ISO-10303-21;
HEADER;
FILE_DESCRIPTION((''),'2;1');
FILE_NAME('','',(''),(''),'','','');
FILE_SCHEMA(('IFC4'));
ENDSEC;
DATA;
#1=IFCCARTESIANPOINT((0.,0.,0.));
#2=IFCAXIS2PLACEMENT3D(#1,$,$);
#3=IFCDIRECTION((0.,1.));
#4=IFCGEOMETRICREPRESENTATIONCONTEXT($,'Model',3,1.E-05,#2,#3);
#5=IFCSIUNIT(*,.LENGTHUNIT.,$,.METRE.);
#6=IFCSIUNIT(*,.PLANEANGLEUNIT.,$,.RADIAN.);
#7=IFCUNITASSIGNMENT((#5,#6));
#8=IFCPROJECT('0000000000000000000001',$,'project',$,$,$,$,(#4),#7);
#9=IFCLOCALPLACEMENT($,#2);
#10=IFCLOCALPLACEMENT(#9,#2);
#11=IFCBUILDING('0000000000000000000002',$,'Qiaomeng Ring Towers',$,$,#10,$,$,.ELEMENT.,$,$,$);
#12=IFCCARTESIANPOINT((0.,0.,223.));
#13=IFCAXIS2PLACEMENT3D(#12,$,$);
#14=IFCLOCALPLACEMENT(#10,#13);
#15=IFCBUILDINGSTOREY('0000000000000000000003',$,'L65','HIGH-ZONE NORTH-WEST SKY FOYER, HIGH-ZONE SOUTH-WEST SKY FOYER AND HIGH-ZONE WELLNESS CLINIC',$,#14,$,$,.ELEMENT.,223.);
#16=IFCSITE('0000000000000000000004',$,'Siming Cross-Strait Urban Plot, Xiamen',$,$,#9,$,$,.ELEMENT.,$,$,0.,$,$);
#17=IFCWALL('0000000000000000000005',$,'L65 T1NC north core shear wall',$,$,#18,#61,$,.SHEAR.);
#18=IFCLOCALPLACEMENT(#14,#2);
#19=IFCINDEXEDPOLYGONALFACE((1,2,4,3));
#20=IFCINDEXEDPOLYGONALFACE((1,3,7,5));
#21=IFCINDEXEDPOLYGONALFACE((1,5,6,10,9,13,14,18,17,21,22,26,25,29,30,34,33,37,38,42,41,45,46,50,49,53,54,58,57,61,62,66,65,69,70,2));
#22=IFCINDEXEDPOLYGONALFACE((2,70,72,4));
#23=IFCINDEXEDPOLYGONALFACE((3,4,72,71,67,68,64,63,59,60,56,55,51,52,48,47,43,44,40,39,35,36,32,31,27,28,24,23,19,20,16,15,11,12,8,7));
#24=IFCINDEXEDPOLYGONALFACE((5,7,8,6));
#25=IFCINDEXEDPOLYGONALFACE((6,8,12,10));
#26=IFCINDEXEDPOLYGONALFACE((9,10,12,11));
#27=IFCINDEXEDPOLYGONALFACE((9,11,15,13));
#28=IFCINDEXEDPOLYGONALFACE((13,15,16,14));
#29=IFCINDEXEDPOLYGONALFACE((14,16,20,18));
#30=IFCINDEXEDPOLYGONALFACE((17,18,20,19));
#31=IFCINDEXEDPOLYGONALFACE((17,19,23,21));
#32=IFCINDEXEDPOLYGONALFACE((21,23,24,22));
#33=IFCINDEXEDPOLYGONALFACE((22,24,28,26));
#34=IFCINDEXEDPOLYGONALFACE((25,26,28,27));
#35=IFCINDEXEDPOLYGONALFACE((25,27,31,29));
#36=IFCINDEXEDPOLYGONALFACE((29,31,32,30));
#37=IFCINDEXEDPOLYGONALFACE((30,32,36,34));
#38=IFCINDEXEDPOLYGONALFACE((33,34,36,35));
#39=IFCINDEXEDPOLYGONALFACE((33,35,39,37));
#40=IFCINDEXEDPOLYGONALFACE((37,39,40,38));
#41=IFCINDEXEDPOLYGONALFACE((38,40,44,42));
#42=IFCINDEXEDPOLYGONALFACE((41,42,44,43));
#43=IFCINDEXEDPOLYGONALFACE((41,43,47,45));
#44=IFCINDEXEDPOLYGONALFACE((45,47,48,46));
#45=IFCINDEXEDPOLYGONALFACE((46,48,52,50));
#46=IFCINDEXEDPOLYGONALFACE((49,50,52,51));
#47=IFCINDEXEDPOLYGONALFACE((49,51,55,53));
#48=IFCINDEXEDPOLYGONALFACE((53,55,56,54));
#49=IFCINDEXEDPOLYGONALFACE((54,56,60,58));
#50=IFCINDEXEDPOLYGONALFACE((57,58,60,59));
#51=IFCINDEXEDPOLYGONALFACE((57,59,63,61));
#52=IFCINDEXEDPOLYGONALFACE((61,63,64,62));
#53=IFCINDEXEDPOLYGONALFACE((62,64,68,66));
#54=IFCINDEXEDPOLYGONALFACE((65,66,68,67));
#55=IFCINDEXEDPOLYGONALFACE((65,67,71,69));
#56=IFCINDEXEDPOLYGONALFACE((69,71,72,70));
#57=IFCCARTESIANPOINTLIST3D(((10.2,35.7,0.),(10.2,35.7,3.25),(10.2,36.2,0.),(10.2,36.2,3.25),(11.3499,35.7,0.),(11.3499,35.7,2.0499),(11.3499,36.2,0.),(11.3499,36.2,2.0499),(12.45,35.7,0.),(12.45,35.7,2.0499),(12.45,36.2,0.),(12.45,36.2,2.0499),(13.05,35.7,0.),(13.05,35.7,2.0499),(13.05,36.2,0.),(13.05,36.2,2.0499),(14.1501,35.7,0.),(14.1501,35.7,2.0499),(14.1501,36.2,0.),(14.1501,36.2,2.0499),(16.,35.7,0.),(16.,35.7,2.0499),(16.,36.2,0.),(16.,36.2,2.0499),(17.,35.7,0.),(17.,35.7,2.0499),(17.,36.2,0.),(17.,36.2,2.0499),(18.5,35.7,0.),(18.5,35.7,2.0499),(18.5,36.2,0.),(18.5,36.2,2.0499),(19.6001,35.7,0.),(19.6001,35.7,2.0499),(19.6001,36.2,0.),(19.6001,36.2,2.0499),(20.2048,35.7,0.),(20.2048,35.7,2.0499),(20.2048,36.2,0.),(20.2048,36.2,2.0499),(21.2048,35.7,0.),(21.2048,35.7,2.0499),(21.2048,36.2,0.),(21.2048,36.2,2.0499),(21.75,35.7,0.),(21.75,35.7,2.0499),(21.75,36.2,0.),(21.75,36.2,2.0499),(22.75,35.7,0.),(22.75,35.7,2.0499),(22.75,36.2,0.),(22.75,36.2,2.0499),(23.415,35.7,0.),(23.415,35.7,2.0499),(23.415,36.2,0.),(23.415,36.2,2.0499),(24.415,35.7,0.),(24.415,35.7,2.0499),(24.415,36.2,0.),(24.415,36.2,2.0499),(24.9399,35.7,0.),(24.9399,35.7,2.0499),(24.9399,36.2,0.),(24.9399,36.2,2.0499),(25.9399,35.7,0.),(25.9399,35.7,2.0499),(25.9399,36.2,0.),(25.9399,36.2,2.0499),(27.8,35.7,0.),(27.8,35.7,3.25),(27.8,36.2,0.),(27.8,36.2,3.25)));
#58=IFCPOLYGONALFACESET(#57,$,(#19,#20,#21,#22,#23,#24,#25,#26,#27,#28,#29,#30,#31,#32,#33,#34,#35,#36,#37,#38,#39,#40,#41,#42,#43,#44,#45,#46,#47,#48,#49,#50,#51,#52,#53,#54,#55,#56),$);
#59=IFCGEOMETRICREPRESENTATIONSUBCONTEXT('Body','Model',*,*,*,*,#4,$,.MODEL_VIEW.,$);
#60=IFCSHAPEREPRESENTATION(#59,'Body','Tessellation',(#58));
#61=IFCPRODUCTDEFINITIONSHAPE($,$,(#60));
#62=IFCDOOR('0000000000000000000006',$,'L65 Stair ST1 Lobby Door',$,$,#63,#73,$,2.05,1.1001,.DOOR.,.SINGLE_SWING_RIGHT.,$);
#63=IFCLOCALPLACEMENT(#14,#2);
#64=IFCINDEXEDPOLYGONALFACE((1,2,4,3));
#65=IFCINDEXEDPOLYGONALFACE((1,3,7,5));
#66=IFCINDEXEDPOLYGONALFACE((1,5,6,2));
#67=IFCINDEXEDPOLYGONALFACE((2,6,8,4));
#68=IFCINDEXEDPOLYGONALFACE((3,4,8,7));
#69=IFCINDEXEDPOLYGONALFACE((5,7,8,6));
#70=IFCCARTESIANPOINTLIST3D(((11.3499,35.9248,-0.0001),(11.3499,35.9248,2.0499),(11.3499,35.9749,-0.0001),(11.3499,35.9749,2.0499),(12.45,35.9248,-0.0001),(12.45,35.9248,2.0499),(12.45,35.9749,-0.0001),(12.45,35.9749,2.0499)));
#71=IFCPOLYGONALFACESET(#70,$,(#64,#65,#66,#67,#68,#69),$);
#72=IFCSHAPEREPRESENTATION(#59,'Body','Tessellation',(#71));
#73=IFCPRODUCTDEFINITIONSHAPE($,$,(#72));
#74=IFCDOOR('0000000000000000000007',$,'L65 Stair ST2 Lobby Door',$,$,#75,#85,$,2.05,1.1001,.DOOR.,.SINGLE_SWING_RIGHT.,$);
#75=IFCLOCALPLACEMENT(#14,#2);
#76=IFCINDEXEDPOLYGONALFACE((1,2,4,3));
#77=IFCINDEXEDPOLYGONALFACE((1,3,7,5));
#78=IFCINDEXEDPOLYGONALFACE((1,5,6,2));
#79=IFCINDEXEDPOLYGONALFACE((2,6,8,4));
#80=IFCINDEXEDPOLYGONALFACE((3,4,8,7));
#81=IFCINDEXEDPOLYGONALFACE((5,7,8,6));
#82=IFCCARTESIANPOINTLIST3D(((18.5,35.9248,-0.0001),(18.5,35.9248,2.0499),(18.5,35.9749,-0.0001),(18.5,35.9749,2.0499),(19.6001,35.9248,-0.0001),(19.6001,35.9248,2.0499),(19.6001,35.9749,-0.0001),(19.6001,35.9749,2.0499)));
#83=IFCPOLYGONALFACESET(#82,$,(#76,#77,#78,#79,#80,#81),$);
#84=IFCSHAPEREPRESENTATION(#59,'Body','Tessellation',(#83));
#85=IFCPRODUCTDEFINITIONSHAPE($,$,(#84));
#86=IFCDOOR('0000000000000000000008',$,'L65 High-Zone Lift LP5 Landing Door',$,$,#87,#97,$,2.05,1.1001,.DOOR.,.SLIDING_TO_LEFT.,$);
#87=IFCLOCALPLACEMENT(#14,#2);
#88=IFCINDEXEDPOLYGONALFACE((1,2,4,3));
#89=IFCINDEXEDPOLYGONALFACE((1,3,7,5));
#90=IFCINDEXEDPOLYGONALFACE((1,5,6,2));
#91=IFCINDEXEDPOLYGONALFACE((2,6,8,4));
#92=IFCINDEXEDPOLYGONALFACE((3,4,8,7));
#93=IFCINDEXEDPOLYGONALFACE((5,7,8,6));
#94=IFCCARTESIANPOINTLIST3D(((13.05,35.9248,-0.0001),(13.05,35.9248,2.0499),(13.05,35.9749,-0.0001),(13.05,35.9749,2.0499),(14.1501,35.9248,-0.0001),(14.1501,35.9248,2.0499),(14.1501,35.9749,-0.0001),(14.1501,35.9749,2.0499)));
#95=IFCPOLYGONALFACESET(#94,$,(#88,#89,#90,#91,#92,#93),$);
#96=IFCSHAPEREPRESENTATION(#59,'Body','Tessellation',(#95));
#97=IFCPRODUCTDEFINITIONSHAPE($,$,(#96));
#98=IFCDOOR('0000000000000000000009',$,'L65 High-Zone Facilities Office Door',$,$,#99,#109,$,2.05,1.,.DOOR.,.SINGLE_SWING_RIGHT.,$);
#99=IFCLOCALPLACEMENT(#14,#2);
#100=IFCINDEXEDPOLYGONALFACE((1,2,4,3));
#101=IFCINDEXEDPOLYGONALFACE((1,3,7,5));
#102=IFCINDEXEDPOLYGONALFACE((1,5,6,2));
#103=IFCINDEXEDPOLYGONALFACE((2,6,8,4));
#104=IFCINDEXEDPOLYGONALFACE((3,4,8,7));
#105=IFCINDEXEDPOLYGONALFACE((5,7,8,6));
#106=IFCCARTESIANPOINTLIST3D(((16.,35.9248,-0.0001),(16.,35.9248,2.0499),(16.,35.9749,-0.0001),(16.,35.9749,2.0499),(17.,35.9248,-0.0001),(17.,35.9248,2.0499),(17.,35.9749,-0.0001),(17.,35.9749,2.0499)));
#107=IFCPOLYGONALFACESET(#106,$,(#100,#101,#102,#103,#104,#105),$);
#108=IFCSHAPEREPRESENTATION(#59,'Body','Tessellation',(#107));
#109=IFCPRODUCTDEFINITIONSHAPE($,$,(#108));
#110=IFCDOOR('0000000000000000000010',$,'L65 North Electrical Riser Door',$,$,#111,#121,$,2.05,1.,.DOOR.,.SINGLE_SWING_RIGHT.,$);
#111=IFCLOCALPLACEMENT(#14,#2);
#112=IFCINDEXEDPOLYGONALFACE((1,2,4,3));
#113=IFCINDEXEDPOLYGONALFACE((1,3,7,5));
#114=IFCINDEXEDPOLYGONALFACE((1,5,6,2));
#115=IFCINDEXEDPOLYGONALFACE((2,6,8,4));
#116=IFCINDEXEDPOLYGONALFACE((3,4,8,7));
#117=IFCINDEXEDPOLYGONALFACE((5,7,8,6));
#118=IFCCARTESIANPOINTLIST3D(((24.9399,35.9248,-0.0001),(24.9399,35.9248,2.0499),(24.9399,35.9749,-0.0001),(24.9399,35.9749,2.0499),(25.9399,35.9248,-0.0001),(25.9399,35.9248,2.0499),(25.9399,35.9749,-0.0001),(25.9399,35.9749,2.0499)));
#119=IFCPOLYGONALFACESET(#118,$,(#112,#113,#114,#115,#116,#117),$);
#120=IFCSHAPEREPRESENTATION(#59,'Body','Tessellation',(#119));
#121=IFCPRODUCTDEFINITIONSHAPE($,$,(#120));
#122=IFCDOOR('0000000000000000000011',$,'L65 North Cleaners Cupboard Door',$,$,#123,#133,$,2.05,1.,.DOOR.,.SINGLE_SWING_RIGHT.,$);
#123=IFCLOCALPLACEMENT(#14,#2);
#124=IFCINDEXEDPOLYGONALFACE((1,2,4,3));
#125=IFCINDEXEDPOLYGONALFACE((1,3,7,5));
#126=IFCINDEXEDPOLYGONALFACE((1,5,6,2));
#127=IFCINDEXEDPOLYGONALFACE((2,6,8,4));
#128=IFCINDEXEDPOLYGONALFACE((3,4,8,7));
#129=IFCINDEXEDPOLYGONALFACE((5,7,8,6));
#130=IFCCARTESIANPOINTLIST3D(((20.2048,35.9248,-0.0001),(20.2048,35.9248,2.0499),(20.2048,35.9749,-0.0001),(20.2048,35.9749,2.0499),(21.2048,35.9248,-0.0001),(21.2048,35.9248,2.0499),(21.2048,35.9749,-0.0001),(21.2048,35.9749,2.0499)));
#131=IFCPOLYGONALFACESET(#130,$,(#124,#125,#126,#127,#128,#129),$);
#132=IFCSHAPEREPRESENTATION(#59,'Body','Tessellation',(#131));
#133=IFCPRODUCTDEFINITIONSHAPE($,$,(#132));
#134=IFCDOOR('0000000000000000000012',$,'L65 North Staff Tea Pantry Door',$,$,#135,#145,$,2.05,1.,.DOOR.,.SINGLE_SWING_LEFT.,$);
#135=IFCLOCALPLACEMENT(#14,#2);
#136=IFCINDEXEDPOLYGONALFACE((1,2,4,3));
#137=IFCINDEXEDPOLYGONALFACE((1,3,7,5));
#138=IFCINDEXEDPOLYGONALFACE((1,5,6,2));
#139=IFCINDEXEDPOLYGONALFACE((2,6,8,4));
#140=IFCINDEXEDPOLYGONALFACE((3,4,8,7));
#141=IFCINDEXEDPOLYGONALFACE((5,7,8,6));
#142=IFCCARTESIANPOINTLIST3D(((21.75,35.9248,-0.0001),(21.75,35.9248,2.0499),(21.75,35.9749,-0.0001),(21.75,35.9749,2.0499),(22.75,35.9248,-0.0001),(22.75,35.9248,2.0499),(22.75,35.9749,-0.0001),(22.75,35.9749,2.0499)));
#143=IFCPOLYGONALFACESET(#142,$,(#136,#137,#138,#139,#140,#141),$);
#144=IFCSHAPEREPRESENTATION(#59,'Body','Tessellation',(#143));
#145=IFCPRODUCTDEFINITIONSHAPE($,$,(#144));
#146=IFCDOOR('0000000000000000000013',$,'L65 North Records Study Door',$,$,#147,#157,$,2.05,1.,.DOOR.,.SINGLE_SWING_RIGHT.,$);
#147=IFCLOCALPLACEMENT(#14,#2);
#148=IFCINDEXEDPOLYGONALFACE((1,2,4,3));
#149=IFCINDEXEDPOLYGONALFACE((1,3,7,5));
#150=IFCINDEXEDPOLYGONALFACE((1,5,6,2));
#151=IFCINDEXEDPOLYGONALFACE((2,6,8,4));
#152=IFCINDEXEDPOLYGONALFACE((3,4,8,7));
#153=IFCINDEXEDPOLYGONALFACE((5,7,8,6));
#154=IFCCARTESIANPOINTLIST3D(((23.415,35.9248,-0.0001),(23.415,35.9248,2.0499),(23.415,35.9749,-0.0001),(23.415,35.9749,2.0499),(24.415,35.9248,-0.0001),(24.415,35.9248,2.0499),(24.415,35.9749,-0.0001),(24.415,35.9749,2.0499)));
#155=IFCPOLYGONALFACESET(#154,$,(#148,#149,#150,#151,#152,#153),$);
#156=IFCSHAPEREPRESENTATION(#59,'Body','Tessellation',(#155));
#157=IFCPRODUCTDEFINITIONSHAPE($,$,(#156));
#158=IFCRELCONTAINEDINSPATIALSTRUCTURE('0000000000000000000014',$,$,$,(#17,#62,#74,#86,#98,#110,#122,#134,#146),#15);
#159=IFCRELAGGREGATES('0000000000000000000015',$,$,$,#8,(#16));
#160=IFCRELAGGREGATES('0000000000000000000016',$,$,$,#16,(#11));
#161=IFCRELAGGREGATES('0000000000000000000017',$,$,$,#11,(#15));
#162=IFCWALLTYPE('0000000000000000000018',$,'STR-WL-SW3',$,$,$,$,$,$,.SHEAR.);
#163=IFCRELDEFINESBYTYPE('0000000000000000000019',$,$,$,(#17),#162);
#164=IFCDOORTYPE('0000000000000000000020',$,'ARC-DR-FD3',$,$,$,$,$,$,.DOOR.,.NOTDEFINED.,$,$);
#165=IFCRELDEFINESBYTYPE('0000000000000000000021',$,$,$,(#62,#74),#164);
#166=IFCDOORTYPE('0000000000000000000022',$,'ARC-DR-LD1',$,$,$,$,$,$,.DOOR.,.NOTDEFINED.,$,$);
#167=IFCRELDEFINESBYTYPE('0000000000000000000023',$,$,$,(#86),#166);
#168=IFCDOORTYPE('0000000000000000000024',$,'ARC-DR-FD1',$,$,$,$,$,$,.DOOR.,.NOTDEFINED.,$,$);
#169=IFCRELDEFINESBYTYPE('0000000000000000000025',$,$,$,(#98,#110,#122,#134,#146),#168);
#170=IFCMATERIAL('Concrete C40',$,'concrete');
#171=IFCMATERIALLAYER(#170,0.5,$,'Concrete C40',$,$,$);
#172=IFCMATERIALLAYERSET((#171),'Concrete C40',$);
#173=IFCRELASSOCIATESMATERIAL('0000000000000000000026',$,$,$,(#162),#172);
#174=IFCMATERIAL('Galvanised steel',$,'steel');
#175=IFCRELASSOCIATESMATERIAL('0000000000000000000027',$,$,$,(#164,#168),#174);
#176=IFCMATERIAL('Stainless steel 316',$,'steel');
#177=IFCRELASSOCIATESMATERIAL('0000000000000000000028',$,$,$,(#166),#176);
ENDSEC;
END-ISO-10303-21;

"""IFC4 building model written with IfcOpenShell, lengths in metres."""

from ifc_helpers import new_model, si_unit, direction, frame, frame_2d, origin, place, context, subcontext, project, spatial, rectangle, extrude, source, transform, mapped, material, layer, layer_set, type_object, element, fill, save


model = new_model("IFC4")

# Units and contexts
model_context = context("Model", 3, precision=1e-05, world=origin(), true_north=direction((0.0, 1.0)))
body_context = subcontext(model_context, "Body", "Model", "MODEL_VIEW")
ifc_project = project(units=[si_unit("LENGTHUNIT", "METRE"), si_unit("PLANEANGLEUNIT", "RADIAN")], contexts=[model_context])

# Site, building, storey
site_placement = place(None, origin())
site = spatial("IfcSite", under=ifc_project, at=site_placement, Name="Siming Cross-Strait Urban Plot, Xiamen", CompositionType="ELEMENT", RefElevation=0.0)
building_placement = place(site_placement, origin())
building = spatial("IfcBuilding", under=site, at=building_placement, Name="Qiaomeng Ring Towers", CompositionType="ELEMENT")
storey_placement = place(building_placement, frame((0.0, 0.0, 223.0)))
storey = spatial("IfcBuildingStorey", under=building, at=storey_placement, Name="L65", Description="HIGH-ZONE NORTH-WEST SKY FOYER, HIGH-ZONE SOUTH-WEST SKY FOYER AND HIGH-ZONE WELLNESS CLINIC", CompositionType="ELEMENT", Elevation=223.0)

# Shared definitions
ifc_material_1 = material(Name="Concrete C40", Category="concrete")

# Wall, openings, doors
ifc_layer_1 = layer(ifc_material_1, 0.5, Name="Concrete C40")
ifc_layer_set_1 = layer_set([ifc_layer_1], Name="Concrete C40")
wall_type_1 = type_object("IfcWallType", Name="STR-WL-SW3", PredefinedType="SHEAR", material=ifc_layer_set_1)
wall_1_placement = place(storey_placement, frame((10.2, 35.95, 0.0), z_axis=(0.0, 0.0, 1.0), x_axis=(1.0, 0.0, 0.0)))
wall_1 = element("IfcWall", 1, at=wall_1_placement, inside=storey, type_object=wall_type_1, Name="L65 T1NC north core shear wall", PredefinedType="SHEAR", context=body_context, shape_type="SweptSolid", body=[
    extrude(rectangle(XDim=17.6001, YDim=0.5, at=frame_2d((8.8, 0.0))), origin(), (0.0, 0.0, 1.0), 3.25),
])
opening_1_placement = place(wall_1_placement, frame((1.1499, 0.0, 0.0)))
opening_1 = element("IfcOpeningElement", 2, at=opening_1_placement, cuts=wall_1, PredefinedType="OPENING", context=body_context, shape_type="SweptSolid", body=[
    extrude(rectangle(XDim=1.1001, YDim=2.05, at=frame_2d((0.55, 1.0249))), frame((0.0, 0.26, 0.0), z_axis=(0.0, -1.0, 0.0), x_axis=(1.0, 0.0, 0.0)), (0.0, 0.0, 1.0), 0.52),
])
opening_2_placement = place(wall_1_placement, frame((8.3, 0.0, 0.0)))
opening_2 = element("IfcOpeningElement", 3, at=opening_2_placement, cuts=wall_1, PredefinedType="OPENING", context=body_context, shape_type="SweptSolid", body=[
    extrude(rectangle(XDim=1.1001, YDim=2.05, at=frame_2d((0.55, 1.0249))), frame((0.0, 0.26, 0.0), z_axis=(0.0, -1.0, 0.0), x_axis=(1.0, 0.0, 0.0)), (0.0, 0.0, 1.0), 0.52),
])
opening_3_placement = place(wall_1_placement, frame((2.8501, 0.0, 0.0)))
opening_3 = element("IfcOpeningElement", 4, at=opening_3_placement, cuts=wall_1, PredefinedType="OPENING", context=body_context, shape_type="SweptSolid", body=[
    extrude(rectangle(XDim=1.1001, YDim=2.05, at=frame_2d((0.55, 1.0249))), frame((0.0, 0.26, 0.0), z_axis=(0.0, -1.0, 0.0), x_axis=(1.0, 0.0, 0.0)), (0.0, 0.0, 1.0), 0.52),
])
opening_4_placement = place(wall_1_placement, frame((5.8, 0.0, 0.0)))
opening_4 = element("IfcOpeningElement", 5, at=opening_4_placement, cuts=wall_1, PredefinedType="OPENING", context=body_context, shape_type="SweptSolid", body=[
    extrude(rectangle(XDim=1.0, YDim=2.05, at=frame_2d((0.5, 1.0249))), frame((0.0, 0.26, 0.0), z_axis=(0.0, -1.0, 0.0), x_axis=(1.0, 0.0, 0.0)), (0.0, 0.0, 1.0), 0.52),
])
opening_5_placement = place(wall_1_placement, frame((14.74, 0.0, 0.0)))
opening_5 = element("IfcOpeningElement", 6, at=opening_5_placement, cuts=wall_1, PredefinedType="OPENING", context=body_context, shape_type="SweptSolid", body=[
    extrude(rectangle(XDim=1.0, YDim=2.05, at=frame_2d((0.5, 1.0249))), frame((0.0, 0.26, 0.0), z_axis=(0.0, -1.0, 0.0), x_axis=(1.0, 0.0, 0.0)), (0.0, 0.0, 1.0), 0.52),
])
opening_6_placement = place(wall_1_placement, frame((10.0049, 0.0, 0.0)))
opening_6 = element("IfcOpeningElement", 7, at=opening_6_placement, cuts=wall_1, PredefinedType="OPENING", context=body_context, shape_type="SweptSolid", body=[
    extrude(rectangle(XDim=1.0, YDim=2.05, at=frame_2d((0.5, 1.0249))), frame((0.0, 0.26, 0.0), z_axis=(0.0, -1.0, 0.0), x_axis=(1.0, 0.0, 0.0)), (0.0, 0.0, 1.0), 0.52),
])
opening_7_placement = place(wall_1_placement, frame((11.55, 0.0, 0.0)))
opening_7 = element("IfcOpeningElement", 8, at=opening_7_placement, cuts=wall_1, PredefinedType="OPENING", context=body_context, shape_type="SweptSolid", body=[
    extrude(rectangle(XDim=1.0, YDim=2.05, at=frame_2d((0.5, 1.0249))), frame((0.0, 0.26, 0.0), z_axis=(0.0, -1.0, 0.0), x_axis=(1.0, 0.0, 0.0)), (0.0, 0.0, 1.0), 0.52),
])
opening_8_placement = place(wall_1_placement, frame((13.2151, 0.0, 0.0)))
opening_8 = element("IfcOpeningElement", 9, at=opening_8_placement, cuts=wall_1, PredefinedType="OPENING", context=body_context, shape_type="SweptSolid", body=[
    extrude(rectangle(XDim=1.0, YDim=2.05, at=frame_2d((0.5, 1.0249))), frame((0.0, 0.26, 0.0), z_axis=(0.0, -1.0, 0.0), x_axis=(1.0, 0.0, 0.0)), (0.0, 0.0, 1.0), 0.52),
])
ifc_material_2 = material(Name="Galvanised steel", Category="steel")
door_type_1 = type_object("IfcDoorType", Name="ARC-DR-FD3", OperationType="NOTDEFINED", PredefinedType="DOOR", material=ifc_material_2)
shared_shape_1 = source(origin(), body_context, "Body", "SweptSolid", [
    extrude(rectangle(XDim=1.1001, YDim=2.05, at=frame_2d((0.55, 1.0249))), frame((0.0, 0.0249, 0.0), z_axis=(0.0, -1.0, 0.0), x_axis=(1.0, 0.0, 0.0)), (0.0, 0.0, 1.0), 0.05),
])
door_1_placement = place(opening_1_placement, origin())
door_1 = element("IfcDoor", 10, at=door_1_placement, inside=storey, type_object=door_type_1, Name="L65 Stair ST1 Lobby Door", OperationType="SINGLE_SWING_RIGHT", OverallHeight=2.05, OverallWidth=1.1001, PredefinedType="DOOR", context=body_context, shape_type="MappedRepresentation", body=[
    mapped(shared_shape_1, transform((0.0, 0.0, 0.0), x_axis=(1.0, 0.0, 0.0), y_axis=(0.0, 1.0, 0.0), z_axis=(0.0, 0.0, 1.0), scale=1.0)),
])
fill(opening_1, door_1)
door_2_placement = place(opening_2_placement, origin())
door_2 = element("IfcDoor", 11, at=door_2_placement, inside=storey, type_object=door_type_1, Name="L65 Stair ST2 Lobby Door", OperationType="SINGLE_SWING_RIGHT", OverallHeight=2.05, OverallWidth=1.1001, PredefinedType="DOOR", context=body_context, shape_type="MappedRepresentation", body=[
    mapped(shared_shape_1, transform((0.0, 0.0, 0.0), x_axis=(1.0, 0.0, 0.0), y_axis=(0.0, 1.0, 0.0), z_axis=(0.0, 0.0, 1.0), scale=1.0)),
])
fill(opening_2, door_2)
ifc_material_3 = material(Name="Stainless steel 316", Category="steel")
door_type_2 = type_object("IfcDoorType", Name="ARC-DR-LD1", OperationType="NOTDEFINED", PredefinedType="DOOR", material=ifc_material_3)
door_3_placement = place(opening_3_placement, origin())
door_3 = element("IfcDoor", 12, at=door_3_placement, inside=storey, type_object=door_type_2, Name="L65 High-Zone Lift LP5 Landing Door", OperationType="SLIDING_TO_LEFT", OverallHeight=2.05, OverallWidth=1.1001, PredefinedType="DOOR", context=body_context, shape_type="MappedRepresentation", body=[
    mapped(shared_shape_1, transform((0.0, 0.0, 0.0), x_axis=(1.0, 0.0, 0.0), y_axis=(0.0, 1.0, 0.0), z_axis=(0.0, 0.0, 1.0), scale=1.0)),
])
fill(opening_3, door_3)
door_type_3 = type_object("IfcDoorType", Name="ARC-DR-FD1", OperationType="NOTDEFINED", PredefinedType="DOOR", material=ifc_material_2)
shared_shape_2 = source(origin(), body_context, "Body", "SweptSolid", [
    extrude(rectangle(XDim=1.0, YDim=2.05, at=frame_2d((0.5, 1.0249))), frame((0.0, 0.0249, 0.0), z_axis=(0.0, -1.0, 0.0), x_axis=(1.0, 0.0, 0.0)), (0.0, 0.0, 1.0), 0.05),
])
door_4_placement = place(opening_4_placement, origin())
door_4 = element("IfcDoor", 13, at=door_4_placement, inside=storey, type_object=door_type_3, Name="L65 High-Zone Facilities Office Door", OperationType="SINGLE_SWING_RIGHT", OverallHeight=2.05, OverallWidth=1.0, PredefinedType="DOOR", context=body_context, shape_type="MappedRepresentation", body=[
    mapped(shared_shape_2, transform((0.0, 0.0, 0.0), x_axis=(1.0, 0.0, 0.0), y_axis=(0.0, 1.0, 0.0), z_axis=(0.0, 0.0, 1.0), scale=1.0)),
])
fill(opening_4, door_4)
door_5_placement = place(opening_5_placement, origin())
door_5 = element("IfcDoor", 14, at=door_5_placement, inside=storey, type_object=door_type_3, Name="L65 North Electrical Riser Door", OperationType="SINGLE_SWING_RIGHT", OverallHeight=2.05, OverallWidth=1.0, PredefinedType="DOOR", context=body_context, shape_type="MappedRepresentation", body=[
    mapped(shared_shape_2, transform((0.0, 0.0, 0.0), x_axis=(1.0, 0.0, 0.0), y_axis=(0.0, 1.0, 0.0), z_axis=(0.0, 0.0, 1.0), scale=1.0)),
])
fill(opening_5, door_5)
door_6_placement = place(opening_6_placement, origin())
door_6 = element("IfcDoor", 15, at=door_6_placement, inside=storey, type_object=door_type_3, Name="L65 North Cleaners Cupboard Door", OperationType="SINGLE_SWING_RIGHT", OverallHeight=2.05, OverallWidth=1.0, PredefinedType="DOOR", context=body_context, shape_type="MappedRepresentation", body=[
    mapped(shared_shape_2, transform((0.0, 0.0, 0.0), x_axis=(1.0, 0.0, 0.0), y_axis=(0.0, 1.0, 0.0), z_axis=(0.0, 0.0, 1.0), scale=1.0)),
])
fill(opening_6, door_6)
door_7_placement = place(opening_7_placement, origin())
door_7 = element("IfcDoor", 16, at=door_7_placement, inside=storey, type_object=door_type_3, Name="L65 North Staff Tea Pantry Door", OperationType="SINGLE_SWING_LEFT", OverallHeight=2.05, OverallWidth=1.0, PredefinedType="DOOR", context=body_context, shape_type="MappedRepresentation", body=[
    mapped(shared_shape_2, transform((0.0, 0.0, 0.0), x_axis=(1.0, 0.0, 0.0), y_axis=(0.0, 1.0, 0.0), z_axis=(0.0, 0.0, 1.0), scale=1.0)),
])
fill(opening_7, door_7)
door_8_placement = place(opening_8_placement, origin())
door_8 = element("IfcDoor", 17, at=door_8_placement, inside=storey, type_object=door_type_3, Name="L65 North Records Study Door", OperationType="SINGLE_SWING_RIGHT", OverallHeight=2.05, OverallWidth=1.0, PredefinedType="DOOR", context=body_context, shape_type="MappedRepresentation", body=[
    mapped(shared_shape_2, transform((0.0, 0.0, 0.0), x_axis=(1.0, 0.0, 0.0), y_axis=(0.0, 1.0, 0.0), z_axis=(0.0, 0.0, 1.0), scale=1.0)),
])
fill(opening_8, door_8)

save(model, "model.ifc")
